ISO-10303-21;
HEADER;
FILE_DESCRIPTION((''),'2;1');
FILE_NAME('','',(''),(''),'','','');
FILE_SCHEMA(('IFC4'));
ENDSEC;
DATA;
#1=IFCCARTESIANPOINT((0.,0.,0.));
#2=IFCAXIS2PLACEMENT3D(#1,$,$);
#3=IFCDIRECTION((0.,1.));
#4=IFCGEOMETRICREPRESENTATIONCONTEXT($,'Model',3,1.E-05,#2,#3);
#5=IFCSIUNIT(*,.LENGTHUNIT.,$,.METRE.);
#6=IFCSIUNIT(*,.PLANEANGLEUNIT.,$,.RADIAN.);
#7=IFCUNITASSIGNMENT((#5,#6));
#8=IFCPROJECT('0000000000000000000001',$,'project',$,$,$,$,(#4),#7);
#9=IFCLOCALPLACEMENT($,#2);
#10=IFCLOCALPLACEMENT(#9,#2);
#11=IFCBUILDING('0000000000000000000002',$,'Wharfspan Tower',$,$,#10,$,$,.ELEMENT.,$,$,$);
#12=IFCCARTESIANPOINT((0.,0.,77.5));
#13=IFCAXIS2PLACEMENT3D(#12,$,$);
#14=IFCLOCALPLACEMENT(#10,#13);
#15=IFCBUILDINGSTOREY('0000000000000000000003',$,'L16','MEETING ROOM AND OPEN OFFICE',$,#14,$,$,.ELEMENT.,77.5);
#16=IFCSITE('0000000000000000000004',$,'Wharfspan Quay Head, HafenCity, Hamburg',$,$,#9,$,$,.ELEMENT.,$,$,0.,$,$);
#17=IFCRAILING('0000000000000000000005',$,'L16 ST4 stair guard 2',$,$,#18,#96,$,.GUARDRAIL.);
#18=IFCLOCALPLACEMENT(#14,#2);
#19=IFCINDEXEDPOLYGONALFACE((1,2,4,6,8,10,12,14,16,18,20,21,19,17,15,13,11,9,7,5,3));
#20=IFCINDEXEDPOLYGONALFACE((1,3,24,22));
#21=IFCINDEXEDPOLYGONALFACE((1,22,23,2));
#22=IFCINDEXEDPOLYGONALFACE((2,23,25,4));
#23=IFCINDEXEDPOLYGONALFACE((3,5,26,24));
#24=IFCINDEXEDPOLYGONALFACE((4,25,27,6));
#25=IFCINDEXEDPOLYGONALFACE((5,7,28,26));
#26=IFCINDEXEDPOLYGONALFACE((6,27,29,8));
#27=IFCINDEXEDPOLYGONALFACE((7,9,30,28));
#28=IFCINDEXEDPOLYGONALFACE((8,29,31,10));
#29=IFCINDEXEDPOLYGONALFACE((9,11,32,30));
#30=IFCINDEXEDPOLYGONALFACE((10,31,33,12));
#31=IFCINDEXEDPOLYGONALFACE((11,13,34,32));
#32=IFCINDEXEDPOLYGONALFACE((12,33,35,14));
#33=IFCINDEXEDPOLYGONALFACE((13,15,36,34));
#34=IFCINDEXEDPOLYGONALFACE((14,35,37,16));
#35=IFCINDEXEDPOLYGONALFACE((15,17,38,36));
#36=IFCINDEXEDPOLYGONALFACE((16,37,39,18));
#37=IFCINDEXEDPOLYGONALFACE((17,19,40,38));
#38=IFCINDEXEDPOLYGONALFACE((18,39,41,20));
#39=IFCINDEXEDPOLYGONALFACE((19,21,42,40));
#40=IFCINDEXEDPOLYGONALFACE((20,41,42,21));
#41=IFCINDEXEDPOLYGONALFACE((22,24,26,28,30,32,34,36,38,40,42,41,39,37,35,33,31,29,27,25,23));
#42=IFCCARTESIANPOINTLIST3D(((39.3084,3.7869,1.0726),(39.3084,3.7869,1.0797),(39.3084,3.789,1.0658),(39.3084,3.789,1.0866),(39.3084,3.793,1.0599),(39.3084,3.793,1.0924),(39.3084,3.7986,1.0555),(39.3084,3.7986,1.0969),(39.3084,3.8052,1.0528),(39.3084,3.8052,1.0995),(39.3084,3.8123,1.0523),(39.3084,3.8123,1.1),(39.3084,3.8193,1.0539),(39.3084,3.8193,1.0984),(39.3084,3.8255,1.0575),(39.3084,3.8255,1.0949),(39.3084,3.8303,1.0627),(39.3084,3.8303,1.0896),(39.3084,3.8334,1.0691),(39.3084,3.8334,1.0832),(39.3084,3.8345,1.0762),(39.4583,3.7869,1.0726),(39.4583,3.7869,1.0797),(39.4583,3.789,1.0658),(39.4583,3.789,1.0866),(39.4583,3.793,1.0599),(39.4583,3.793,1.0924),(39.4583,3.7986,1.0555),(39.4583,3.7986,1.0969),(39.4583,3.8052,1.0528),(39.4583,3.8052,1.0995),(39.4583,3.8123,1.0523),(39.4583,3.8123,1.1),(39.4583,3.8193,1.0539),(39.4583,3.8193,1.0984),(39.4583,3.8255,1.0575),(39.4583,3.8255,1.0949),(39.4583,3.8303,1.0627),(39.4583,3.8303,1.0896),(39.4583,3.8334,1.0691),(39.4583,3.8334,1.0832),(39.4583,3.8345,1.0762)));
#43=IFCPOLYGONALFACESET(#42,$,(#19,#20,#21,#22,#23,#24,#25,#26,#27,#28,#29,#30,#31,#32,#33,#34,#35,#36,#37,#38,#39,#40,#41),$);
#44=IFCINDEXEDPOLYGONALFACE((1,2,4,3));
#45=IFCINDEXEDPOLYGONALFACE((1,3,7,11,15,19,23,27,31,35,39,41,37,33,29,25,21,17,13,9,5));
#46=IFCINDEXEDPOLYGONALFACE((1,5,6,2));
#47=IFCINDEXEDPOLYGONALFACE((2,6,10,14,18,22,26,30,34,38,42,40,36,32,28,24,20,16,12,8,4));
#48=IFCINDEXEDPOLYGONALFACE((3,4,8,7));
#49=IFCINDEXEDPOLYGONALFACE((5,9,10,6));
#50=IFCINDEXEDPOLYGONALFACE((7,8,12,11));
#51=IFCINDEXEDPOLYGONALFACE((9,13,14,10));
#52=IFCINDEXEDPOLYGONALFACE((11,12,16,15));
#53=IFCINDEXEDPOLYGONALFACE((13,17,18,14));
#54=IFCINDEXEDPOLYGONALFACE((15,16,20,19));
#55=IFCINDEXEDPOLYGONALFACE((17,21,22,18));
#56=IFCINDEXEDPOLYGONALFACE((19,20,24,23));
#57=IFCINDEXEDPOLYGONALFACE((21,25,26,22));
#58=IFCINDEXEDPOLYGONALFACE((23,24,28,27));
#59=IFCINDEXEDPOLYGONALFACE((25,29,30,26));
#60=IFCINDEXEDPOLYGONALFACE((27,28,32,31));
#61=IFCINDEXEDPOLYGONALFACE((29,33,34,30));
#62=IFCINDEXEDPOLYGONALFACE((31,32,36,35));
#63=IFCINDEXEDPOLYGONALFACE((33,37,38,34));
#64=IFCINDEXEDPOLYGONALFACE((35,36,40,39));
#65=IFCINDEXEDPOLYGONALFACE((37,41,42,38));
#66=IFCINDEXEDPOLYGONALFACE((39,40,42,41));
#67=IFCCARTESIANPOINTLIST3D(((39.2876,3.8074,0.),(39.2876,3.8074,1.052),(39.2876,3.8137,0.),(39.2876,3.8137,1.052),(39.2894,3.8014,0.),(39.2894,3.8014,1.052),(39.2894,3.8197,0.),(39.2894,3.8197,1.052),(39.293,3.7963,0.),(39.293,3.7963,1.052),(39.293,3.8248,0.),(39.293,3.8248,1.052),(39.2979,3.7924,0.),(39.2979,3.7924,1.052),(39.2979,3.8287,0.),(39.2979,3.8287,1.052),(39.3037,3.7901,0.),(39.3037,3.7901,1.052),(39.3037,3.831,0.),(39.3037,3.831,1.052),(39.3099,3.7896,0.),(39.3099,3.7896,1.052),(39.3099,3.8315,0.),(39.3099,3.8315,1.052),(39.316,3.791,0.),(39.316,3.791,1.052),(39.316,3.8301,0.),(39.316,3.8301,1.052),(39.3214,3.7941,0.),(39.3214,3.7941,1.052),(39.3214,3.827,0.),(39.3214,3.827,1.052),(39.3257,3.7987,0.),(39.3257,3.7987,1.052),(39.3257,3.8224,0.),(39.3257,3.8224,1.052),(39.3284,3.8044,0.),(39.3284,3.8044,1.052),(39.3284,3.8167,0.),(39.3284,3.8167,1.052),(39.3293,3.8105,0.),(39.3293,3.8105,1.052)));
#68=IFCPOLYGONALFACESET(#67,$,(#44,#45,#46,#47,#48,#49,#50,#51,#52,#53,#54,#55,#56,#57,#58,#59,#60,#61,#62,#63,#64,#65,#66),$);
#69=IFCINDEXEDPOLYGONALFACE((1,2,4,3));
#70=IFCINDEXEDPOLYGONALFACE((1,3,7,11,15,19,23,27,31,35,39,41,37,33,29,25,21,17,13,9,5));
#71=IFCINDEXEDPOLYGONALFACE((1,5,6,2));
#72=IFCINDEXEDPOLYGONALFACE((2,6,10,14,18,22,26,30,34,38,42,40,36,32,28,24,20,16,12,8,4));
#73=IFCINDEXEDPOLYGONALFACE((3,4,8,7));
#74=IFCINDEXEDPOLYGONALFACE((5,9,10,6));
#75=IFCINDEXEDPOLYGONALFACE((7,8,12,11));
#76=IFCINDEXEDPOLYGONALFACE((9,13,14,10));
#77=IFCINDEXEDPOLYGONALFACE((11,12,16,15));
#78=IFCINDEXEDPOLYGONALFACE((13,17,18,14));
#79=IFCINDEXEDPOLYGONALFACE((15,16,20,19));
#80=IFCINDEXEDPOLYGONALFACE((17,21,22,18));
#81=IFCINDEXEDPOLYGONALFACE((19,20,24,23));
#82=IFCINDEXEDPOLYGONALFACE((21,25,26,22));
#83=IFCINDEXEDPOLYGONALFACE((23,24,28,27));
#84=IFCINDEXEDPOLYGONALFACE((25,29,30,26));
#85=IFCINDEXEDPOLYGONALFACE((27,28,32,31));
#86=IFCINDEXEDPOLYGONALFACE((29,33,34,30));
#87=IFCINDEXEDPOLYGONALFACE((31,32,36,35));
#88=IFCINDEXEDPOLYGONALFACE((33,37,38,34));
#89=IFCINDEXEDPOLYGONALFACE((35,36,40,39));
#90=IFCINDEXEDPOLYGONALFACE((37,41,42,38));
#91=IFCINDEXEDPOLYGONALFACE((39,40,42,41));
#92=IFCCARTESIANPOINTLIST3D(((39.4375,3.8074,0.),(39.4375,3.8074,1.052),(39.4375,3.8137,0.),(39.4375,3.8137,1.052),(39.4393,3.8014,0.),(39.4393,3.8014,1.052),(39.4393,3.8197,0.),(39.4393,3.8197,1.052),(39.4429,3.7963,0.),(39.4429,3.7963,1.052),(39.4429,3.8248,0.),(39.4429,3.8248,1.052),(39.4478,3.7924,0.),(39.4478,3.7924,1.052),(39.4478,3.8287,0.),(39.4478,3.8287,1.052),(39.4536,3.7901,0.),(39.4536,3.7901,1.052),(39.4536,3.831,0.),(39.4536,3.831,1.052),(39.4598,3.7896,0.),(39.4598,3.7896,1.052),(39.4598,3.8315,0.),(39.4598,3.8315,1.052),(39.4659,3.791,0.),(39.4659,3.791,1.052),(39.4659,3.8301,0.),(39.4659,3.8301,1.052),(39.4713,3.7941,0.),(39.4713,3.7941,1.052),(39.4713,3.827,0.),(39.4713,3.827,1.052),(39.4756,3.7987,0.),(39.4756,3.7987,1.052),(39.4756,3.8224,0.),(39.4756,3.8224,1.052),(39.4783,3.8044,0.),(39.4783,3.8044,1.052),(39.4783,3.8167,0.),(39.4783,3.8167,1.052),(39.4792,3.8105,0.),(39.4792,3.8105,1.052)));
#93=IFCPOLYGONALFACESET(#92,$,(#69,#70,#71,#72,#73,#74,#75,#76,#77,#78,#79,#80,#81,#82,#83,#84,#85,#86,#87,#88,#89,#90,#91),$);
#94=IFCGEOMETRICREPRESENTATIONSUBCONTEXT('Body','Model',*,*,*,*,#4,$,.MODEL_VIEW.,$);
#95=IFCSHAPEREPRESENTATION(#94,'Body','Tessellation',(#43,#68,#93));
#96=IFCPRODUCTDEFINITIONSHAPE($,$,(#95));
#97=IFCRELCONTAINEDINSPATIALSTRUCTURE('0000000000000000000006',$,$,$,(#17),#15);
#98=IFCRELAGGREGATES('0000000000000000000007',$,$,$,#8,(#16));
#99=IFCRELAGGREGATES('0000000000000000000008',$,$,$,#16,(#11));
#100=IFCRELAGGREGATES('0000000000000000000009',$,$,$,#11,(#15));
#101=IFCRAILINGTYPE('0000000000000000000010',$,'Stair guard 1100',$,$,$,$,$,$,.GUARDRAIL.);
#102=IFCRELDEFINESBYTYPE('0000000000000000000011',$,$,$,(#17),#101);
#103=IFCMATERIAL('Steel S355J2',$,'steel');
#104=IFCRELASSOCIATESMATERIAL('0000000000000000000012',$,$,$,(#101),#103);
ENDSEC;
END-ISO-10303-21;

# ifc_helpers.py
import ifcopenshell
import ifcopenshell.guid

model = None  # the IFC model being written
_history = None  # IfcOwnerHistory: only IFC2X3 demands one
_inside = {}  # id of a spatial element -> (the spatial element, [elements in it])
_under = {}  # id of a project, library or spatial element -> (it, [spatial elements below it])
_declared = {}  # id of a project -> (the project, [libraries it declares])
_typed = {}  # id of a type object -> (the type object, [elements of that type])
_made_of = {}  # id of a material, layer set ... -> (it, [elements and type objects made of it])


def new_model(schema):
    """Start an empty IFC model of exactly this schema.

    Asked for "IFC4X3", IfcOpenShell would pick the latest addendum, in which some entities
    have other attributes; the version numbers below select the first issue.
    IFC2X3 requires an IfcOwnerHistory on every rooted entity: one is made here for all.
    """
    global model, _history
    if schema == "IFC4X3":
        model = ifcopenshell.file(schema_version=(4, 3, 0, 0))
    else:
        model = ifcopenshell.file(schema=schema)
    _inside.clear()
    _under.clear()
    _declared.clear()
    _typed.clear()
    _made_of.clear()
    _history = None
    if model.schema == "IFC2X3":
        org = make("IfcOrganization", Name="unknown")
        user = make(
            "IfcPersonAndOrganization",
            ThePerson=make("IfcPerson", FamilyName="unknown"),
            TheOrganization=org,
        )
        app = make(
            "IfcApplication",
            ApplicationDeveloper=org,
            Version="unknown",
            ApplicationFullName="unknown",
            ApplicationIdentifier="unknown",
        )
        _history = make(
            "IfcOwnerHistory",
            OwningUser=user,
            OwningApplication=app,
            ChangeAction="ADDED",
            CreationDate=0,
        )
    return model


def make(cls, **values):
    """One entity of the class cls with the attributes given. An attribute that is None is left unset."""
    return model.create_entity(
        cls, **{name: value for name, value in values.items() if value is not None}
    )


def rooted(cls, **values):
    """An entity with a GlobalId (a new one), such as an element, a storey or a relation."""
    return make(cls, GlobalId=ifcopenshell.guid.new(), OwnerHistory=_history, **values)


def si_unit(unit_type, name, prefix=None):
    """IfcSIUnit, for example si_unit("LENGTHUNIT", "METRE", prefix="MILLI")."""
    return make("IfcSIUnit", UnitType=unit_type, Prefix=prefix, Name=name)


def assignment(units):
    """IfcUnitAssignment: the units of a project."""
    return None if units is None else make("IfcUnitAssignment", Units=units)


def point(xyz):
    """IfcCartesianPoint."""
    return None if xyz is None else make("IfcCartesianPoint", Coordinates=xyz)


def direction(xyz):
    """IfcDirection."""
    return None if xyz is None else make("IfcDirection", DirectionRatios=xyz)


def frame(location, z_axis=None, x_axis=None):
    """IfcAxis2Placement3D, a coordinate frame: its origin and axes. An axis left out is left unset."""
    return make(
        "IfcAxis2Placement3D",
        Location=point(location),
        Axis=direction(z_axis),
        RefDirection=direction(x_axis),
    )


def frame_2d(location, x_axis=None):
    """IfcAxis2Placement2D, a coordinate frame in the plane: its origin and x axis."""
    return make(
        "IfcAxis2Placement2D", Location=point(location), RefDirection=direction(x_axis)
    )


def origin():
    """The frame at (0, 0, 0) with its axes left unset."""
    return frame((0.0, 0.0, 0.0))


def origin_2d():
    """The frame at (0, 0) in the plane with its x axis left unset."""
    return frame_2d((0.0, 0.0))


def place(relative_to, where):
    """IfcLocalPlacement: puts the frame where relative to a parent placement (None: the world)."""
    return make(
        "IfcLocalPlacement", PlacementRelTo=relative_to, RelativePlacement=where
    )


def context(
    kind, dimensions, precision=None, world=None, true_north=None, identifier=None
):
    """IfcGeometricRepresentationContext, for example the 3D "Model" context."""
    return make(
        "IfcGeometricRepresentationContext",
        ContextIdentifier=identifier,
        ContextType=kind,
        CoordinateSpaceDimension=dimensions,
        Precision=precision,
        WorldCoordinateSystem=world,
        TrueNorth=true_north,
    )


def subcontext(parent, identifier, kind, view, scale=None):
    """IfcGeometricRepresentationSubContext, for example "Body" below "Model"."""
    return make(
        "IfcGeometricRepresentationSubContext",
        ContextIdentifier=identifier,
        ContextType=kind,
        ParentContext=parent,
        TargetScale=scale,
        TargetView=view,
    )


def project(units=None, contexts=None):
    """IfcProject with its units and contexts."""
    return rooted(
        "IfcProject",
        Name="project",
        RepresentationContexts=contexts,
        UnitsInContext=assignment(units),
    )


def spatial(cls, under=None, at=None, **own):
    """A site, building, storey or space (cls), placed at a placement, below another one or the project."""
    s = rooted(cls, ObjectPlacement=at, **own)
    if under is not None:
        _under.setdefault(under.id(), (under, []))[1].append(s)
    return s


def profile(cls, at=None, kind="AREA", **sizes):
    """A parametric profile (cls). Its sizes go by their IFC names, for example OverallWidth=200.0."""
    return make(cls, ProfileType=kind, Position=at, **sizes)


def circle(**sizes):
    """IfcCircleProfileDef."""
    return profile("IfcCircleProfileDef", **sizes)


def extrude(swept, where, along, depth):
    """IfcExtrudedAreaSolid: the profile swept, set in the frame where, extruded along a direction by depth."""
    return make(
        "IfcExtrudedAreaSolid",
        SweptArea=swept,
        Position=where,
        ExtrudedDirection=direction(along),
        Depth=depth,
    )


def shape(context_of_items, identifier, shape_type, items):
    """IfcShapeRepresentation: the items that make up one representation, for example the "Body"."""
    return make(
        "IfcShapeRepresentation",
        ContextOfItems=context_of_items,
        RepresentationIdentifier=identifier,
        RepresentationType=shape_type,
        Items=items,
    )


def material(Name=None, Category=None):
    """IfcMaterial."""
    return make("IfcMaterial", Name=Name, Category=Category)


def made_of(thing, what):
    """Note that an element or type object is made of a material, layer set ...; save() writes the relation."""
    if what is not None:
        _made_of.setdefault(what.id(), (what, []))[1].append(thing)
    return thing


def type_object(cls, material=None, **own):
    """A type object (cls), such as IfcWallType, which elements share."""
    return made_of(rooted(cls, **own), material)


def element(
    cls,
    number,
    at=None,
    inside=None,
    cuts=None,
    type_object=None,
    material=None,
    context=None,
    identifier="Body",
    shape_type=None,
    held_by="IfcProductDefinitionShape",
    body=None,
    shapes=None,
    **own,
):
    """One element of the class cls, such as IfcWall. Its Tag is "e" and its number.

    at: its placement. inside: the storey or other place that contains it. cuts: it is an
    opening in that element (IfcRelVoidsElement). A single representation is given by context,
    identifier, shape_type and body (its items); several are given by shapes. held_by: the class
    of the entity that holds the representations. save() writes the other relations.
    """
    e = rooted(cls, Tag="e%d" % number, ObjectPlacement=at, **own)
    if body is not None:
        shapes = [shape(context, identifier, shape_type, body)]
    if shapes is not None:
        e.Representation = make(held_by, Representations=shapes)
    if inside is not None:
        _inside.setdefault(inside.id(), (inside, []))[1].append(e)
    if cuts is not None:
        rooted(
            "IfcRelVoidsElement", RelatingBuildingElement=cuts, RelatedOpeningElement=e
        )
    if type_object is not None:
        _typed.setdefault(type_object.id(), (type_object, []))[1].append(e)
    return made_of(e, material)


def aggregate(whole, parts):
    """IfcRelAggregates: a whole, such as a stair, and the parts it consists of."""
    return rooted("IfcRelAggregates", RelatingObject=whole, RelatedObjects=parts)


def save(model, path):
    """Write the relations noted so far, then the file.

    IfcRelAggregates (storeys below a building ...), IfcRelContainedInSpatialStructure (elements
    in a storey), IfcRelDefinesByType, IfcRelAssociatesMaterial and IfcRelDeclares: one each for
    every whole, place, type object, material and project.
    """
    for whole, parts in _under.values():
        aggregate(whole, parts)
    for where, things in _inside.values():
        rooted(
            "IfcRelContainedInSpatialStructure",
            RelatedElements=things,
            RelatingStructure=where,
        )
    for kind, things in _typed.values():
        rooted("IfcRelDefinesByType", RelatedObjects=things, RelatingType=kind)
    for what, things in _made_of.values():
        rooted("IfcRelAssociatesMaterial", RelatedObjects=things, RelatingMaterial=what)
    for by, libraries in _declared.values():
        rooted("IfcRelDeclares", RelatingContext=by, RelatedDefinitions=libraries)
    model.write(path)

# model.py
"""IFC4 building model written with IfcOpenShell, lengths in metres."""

from ifc_helpers import new_model, si_unit, direction, frame, origin, origin_2d, place, context, subcontext, project, spatial, circle, extrude, material, type_object, element, save


model = new_model("IFC4")

# Units and contexts
model_context = context("Model", 3, precision=1e-05, world=origin(), true_north=direction((0.0, 1.0)))
body_context = subcontext(model_context, "Body", "Model", "MODEL_VIEW")
ifc_project = project(units=[si_unit("LENGTHUNIT", "METRE"), si_unit("PLANEANGLEUNIT", "RADIAN")], contexts=[model_context])

# Site, building, storey
site_placement = place(None, origin())
site = spatial("IfcSite", under=ifc_project, at=site_placement, Name="Wharfspan Quay Head, HafenCity, Hamburg", CompositionType="ELEMENT", RefElevation=0.0)
building_placement = place(site_placement, origin())
building = spatial("IfcBuilding", under=site, at=building_placement, Name="Wharfspan Tower", CompositionType="ELEMENT")
storey_placement = place(building_placement, frame((0.0, 0.0, 77.5)))
storey = spatial("IfcBuildingStorey", under=building, at=storey_placement, Name="L16", Description="MEETING ROOM AND OPEN OFFICE", CompositionType="ELEMENT", Elevation=77.5)

# Railing
ifc_material_1 = material(Name="Steel S355J2", Category="steel")
railing_type_1 = type_object("IfcRailingType", Name="Stair guard 1100", PredefinedType="GUARDRAIL", material=ifc_material_1)
railing_1_placement = place(storey_placement, frame((39.3083, 3.8105, 0.0)))
element("IfcRailing", 1, at=railing_1_placement, inside=storey, type_object=railing_type_1, Name="L16 ST4 stair guard 2", PredefinedType="GUARDRAIL", context=body_context, shape_type="SweptSolid", body=[
    extrude(circle(Radius=0.0239, at=origin_2d()), frame((0.0, 0.0, 1.0762), z_axis=(1.0, 0.0, 0.0), x_axis=(0.0, 1.0, 0.0)), (0.0, 0.0, 1.0), 0.1499),
    extrude(circle(Radius=0.021, at=origin_2d()), origin(), (0.0, 0.0, 1.0), 1.052),
    extrude(circle(Radius=0.021, at=origin_2d()), frame((0.1499, 0.0, 0.0)), (0.0, 0.0, 1.0), 1.052),
])

save(model, "model.ifc")
